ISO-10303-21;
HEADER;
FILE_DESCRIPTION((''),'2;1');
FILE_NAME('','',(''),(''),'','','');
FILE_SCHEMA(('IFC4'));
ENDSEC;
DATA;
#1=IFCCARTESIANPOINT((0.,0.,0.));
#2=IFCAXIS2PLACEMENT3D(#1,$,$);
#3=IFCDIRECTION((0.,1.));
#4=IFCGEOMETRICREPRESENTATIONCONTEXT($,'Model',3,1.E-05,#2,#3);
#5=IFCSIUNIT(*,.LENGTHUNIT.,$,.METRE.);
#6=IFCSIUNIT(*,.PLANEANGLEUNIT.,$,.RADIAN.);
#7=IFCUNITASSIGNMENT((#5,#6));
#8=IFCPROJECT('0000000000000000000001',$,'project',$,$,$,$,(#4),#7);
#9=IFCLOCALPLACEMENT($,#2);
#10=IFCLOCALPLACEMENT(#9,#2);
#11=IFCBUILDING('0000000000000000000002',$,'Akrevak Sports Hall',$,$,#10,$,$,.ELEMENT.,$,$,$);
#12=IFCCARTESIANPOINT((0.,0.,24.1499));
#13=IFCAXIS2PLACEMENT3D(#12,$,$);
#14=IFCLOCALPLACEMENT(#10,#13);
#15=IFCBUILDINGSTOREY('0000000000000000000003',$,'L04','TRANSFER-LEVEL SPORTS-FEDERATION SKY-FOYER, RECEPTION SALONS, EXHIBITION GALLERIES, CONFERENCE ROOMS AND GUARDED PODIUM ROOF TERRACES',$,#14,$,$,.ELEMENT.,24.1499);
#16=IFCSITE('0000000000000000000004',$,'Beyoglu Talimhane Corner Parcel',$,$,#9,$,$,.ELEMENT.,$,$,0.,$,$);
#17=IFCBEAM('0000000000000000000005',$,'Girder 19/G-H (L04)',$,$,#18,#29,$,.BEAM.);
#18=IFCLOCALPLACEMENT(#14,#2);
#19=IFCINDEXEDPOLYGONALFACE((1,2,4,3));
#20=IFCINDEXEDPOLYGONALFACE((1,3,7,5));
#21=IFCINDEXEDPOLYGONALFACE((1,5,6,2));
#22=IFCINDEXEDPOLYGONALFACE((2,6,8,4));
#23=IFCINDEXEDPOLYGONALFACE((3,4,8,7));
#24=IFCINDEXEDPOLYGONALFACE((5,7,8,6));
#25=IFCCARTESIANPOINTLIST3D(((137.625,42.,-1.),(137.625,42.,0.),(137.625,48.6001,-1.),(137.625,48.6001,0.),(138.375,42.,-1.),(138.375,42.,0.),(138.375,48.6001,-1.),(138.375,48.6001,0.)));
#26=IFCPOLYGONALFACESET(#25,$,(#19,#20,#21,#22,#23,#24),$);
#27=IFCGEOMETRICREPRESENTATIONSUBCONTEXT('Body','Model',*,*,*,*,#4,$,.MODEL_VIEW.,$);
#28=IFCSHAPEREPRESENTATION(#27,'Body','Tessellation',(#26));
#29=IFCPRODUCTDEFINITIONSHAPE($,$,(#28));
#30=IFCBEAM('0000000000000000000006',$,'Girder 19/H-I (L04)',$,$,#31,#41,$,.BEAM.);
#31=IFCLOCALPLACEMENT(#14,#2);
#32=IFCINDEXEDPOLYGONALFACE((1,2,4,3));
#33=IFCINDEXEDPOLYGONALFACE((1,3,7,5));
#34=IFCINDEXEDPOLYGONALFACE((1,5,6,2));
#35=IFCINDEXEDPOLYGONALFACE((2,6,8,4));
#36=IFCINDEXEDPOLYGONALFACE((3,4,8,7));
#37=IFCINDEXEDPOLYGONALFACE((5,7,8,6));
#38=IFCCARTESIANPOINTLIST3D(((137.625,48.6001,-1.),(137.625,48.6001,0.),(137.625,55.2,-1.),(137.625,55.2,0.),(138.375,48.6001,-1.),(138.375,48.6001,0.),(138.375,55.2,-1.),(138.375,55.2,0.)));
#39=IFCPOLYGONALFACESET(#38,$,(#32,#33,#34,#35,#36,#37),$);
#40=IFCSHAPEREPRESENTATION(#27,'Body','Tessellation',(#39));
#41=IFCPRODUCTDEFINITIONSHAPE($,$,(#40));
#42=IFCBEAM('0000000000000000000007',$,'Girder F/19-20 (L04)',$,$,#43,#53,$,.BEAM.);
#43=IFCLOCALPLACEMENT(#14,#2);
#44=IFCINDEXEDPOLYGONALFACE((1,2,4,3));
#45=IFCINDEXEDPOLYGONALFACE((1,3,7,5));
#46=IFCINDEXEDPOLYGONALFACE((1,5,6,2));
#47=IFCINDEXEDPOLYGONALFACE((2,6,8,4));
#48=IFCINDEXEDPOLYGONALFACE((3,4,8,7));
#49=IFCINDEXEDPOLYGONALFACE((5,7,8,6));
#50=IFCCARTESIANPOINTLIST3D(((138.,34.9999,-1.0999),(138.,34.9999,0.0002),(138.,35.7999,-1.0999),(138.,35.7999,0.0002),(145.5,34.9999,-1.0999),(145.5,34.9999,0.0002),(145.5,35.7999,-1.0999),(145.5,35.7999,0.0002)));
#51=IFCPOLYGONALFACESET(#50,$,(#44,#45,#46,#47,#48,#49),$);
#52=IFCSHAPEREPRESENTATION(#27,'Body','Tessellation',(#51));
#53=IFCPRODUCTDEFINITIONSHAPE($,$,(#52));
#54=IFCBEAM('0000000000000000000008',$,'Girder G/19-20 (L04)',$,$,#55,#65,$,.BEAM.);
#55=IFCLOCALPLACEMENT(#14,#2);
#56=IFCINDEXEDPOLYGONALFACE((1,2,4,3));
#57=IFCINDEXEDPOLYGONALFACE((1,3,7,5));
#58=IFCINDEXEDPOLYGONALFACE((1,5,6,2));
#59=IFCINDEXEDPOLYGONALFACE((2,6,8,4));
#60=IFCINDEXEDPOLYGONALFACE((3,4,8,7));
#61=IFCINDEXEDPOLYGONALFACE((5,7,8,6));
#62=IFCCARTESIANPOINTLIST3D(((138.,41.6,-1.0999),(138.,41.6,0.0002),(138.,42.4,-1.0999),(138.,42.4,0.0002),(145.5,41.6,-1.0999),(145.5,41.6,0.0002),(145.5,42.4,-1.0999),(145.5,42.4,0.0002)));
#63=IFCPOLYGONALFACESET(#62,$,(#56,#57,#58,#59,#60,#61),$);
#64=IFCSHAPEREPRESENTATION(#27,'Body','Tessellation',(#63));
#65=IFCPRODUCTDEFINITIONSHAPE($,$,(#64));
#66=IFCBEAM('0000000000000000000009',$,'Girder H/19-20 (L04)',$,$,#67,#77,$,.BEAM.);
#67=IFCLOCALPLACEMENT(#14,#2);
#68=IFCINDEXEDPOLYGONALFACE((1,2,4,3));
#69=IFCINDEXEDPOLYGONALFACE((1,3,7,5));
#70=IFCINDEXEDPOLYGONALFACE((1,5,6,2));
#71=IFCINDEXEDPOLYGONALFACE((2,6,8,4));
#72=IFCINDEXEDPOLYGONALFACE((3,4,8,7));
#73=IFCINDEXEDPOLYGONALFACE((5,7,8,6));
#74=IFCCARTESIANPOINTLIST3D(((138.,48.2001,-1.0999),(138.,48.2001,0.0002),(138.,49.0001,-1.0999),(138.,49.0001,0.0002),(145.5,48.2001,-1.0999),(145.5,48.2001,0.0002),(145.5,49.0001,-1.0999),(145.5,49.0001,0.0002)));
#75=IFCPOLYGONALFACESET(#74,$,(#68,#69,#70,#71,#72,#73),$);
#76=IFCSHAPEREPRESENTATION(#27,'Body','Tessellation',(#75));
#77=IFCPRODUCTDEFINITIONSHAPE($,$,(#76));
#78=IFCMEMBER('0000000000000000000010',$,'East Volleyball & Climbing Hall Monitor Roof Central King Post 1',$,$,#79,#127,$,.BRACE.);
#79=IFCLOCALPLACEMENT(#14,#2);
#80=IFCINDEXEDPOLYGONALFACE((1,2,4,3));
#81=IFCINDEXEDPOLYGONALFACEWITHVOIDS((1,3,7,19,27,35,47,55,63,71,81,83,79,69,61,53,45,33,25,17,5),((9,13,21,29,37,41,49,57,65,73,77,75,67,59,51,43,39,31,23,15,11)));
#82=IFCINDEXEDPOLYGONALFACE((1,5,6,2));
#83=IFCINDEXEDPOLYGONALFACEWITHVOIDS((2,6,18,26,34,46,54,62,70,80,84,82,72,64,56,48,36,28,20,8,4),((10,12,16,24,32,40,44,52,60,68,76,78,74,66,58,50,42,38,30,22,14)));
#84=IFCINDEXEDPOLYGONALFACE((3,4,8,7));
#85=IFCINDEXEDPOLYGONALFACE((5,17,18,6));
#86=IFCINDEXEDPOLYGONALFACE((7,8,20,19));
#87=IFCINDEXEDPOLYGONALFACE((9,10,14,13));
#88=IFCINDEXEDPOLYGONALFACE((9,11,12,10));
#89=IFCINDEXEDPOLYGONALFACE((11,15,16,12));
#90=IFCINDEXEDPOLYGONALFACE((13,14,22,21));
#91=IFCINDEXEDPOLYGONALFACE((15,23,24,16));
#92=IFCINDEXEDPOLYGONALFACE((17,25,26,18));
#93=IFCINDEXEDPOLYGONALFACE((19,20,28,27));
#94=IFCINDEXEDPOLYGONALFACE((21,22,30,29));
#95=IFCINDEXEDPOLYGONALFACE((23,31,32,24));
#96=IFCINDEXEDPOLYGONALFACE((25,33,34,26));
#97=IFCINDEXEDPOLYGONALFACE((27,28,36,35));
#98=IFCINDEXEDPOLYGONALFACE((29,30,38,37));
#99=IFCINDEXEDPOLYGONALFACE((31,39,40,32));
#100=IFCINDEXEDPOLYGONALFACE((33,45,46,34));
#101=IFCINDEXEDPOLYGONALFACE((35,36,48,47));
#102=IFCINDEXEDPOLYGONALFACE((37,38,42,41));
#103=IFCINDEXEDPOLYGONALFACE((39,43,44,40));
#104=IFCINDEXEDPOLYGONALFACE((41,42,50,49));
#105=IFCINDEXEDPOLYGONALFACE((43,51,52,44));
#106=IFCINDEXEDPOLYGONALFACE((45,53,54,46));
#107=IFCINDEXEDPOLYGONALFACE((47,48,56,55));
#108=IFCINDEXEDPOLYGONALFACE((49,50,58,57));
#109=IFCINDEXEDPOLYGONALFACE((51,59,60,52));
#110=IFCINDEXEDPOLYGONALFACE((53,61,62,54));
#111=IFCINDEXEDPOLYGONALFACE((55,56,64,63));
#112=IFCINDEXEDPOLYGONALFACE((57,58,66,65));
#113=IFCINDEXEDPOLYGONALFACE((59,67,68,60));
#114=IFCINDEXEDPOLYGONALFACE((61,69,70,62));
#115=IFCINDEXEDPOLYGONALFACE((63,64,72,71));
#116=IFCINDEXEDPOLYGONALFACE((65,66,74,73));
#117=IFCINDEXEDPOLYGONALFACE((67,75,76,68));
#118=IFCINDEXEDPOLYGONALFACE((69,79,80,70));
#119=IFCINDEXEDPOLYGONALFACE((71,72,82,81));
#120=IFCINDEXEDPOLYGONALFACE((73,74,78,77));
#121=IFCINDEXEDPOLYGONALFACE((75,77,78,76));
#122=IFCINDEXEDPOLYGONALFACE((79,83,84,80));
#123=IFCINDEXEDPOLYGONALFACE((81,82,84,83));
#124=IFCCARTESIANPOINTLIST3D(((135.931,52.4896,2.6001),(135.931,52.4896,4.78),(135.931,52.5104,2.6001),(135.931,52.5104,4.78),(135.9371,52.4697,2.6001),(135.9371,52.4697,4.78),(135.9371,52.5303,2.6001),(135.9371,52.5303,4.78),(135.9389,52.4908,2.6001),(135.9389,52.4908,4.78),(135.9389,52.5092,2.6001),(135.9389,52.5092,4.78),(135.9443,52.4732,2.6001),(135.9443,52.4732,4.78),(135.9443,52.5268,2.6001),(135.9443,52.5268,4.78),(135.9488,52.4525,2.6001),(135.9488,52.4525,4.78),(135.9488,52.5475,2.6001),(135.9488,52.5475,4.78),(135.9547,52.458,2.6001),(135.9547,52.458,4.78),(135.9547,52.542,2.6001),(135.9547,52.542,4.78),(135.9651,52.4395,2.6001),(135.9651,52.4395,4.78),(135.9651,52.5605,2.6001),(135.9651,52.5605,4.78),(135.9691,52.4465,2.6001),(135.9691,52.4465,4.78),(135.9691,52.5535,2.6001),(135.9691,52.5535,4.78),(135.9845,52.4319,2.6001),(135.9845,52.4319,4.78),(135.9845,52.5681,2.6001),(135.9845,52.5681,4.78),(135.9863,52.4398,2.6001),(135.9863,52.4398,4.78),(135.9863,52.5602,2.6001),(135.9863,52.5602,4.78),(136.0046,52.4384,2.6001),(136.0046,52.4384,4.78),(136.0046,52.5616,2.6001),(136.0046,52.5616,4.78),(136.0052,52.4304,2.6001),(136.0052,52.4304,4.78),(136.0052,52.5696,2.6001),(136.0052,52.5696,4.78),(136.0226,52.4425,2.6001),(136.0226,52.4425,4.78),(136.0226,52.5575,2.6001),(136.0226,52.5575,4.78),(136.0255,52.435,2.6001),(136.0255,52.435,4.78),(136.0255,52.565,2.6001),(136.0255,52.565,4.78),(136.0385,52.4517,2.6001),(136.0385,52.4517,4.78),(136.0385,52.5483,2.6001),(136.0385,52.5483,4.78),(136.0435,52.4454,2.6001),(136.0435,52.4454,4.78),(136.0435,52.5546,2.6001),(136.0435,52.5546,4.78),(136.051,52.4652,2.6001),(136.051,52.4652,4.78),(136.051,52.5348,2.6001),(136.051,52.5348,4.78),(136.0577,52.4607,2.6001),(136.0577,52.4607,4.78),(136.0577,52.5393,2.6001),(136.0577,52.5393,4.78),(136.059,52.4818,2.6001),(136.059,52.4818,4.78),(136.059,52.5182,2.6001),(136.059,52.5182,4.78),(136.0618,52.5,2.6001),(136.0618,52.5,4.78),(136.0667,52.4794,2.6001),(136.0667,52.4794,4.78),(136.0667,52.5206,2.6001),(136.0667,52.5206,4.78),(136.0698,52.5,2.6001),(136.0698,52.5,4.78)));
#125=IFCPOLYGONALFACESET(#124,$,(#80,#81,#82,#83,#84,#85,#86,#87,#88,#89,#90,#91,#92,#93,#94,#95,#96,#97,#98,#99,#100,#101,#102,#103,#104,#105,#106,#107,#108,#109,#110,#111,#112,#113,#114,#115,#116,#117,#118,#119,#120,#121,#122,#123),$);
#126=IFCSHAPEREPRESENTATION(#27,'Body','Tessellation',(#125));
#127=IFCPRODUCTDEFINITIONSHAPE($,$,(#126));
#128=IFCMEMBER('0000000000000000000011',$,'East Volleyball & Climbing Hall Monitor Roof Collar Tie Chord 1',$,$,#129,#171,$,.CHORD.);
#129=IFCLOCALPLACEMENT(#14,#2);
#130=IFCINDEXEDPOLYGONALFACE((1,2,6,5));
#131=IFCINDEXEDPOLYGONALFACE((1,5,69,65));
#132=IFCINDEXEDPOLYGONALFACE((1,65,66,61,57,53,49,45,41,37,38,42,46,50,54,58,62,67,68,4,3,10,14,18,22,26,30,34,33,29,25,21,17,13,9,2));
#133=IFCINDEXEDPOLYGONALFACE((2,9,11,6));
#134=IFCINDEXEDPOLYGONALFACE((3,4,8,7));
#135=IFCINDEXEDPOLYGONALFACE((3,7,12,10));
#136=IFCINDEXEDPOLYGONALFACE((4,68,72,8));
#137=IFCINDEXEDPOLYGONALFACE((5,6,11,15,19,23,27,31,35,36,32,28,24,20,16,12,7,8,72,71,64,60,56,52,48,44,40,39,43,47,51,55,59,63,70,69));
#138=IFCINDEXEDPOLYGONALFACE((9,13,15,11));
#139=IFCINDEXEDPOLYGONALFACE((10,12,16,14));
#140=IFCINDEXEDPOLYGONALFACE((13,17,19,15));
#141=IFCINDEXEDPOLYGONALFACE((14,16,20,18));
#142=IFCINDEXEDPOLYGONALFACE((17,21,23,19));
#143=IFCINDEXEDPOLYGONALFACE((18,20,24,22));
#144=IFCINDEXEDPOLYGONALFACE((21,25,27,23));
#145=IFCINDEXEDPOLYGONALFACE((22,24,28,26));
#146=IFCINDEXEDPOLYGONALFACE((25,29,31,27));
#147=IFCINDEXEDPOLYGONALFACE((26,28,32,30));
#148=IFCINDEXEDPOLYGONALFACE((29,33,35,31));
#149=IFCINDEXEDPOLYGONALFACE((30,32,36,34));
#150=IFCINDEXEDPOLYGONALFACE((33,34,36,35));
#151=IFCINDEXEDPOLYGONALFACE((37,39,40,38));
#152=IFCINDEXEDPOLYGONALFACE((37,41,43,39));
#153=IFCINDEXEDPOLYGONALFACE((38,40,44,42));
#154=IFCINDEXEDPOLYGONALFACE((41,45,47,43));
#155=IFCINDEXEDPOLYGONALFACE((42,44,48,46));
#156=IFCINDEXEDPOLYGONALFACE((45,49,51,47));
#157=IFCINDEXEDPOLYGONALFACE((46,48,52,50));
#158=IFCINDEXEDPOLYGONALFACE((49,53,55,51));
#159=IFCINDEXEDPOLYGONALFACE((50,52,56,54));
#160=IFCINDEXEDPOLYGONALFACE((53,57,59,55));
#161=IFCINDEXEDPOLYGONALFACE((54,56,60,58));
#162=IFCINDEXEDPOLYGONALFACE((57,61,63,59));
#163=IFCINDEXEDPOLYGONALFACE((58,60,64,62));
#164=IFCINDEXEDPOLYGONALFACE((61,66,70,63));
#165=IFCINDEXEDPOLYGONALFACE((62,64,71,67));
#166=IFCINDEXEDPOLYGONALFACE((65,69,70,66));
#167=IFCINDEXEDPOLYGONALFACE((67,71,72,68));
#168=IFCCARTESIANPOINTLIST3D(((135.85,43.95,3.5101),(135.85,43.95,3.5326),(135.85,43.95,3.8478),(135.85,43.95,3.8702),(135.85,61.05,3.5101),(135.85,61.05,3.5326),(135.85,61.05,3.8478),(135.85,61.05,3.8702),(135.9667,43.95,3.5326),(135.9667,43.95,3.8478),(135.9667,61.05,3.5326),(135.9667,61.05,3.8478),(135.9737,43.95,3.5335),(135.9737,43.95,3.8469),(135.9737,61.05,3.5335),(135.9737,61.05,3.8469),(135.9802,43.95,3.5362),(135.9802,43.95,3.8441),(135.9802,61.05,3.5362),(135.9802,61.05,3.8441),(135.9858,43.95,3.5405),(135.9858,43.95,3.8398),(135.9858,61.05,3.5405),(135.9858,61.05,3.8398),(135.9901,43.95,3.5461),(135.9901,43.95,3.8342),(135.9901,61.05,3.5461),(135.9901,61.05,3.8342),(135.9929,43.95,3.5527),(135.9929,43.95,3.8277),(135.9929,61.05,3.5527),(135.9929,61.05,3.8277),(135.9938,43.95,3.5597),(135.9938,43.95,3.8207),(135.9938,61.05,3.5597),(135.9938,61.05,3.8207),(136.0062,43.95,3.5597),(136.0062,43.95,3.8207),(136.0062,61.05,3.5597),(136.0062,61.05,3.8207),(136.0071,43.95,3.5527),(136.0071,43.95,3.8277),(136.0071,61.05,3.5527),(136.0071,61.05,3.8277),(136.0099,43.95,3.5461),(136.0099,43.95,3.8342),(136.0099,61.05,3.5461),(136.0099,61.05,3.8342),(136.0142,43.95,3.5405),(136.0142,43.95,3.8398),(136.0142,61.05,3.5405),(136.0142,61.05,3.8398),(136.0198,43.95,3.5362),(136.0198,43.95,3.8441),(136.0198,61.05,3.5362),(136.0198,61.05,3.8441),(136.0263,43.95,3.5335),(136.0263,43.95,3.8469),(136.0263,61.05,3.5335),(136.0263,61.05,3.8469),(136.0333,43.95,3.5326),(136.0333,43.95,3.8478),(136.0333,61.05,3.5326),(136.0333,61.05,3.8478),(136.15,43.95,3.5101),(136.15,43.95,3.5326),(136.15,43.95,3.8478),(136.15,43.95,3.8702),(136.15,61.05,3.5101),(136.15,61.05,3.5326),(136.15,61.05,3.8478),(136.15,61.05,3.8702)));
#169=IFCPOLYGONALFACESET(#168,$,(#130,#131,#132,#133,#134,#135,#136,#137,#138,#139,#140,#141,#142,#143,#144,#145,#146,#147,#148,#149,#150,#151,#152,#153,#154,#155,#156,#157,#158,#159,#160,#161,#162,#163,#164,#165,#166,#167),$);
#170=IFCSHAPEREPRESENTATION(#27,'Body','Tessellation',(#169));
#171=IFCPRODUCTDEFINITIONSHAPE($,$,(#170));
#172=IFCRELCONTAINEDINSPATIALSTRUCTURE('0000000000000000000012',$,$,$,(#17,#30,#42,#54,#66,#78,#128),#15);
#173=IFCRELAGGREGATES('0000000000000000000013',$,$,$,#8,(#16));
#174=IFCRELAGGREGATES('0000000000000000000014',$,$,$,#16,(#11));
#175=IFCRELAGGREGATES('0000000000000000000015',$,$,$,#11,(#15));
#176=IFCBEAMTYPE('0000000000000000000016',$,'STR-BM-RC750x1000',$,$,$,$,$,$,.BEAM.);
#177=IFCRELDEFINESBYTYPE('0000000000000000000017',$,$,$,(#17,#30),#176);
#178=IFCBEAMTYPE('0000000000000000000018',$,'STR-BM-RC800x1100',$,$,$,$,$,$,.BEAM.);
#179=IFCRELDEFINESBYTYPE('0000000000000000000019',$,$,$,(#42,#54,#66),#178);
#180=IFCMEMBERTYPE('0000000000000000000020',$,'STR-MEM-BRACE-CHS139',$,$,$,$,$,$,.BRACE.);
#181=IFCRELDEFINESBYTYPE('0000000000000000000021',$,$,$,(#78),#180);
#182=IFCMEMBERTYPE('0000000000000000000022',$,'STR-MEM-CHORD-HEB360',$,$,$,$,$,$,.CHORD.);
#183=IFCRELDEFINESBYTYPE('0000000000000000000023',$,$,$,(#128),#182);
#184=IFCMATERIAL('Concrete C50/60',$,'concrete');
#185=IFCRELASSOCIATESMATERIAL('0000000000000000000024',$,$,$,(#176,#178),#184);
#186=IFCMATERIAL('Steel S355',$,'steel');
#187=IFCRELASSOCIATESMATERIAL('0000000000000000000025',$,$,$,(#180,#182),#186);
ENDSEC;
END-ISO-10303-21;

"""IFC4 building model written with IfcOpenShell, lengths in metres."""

from ifc_helpers import new_model, si_unit, direction, frame, origin, origin_2d, place, context, subcontext, project, spatial, rectangle, hollow_circle, i_section, extrude, material, material_profile, profile_set, type_object, element, save


model = new_model("IFC4")

# Units and contexts
model_context = context("Model", 3, precision=1e-05, world=origin(), true_north=direction((0.0, 1.0)))
body_context = subcontext(model_context, "Body", "Model", "MODEL_VIEW")
ifc_project = project(units=[si_unit("LENGTHUNIT", "METRE"), si_unit("PLANEANGLEUNIT", "RADIAN")], contexts=[model_context])

# Site, building, storey
site_placement = place(None, origin())
site = spatial("IfcSite", under=ifc_project, at=site_placement, Name="Beyoglu Talimhane Corner Parcel", CompositionType="ELEMENT", RefElevation=0.0)
building_placement = place(site_placement, origin())
building = spatial("IfcBuilding", under=site, at=building_placement, Name="Akrevak Sports Hall", CompositionType="ELEMENT")
storey_placement = place(building_placement, frame((0.0, 0.0, 24.1499)))
storey = spatial("IfcBuildingStorey", under=building, at=storey_placement, Name="L04", Description="TRANSFER-LEVEL SPORTS-FEDERATION SKY-FOYER, RECEPTION SALONS, EXHIBITION GALLERIES, CONFERENCE ROOMS AND GUARDED PODIUM ROOF TERRACES", CompositionType="ELEMENT", Elevation=24.1499)

# Beams
ifc_material_1 = material(Name="Concrete C50/60", Category="concrete")
ifc_material_profile_1 = material_profile(ifc_material_1, rectangle(XDim=0.75, YDim=1.0, at=origin_2d()), Name="BM 750x1000", Category="concrete")
ifc_profile_set_1 = profile_set([ifc_material_profile_1], Name="Concrete C50/60")
beam_type_1 = type_object("IfcBeamType", Name="STR-BM-RC750x1000", PredefinedType="BEAM", material=ifc_profile_set_1)
for number, where, z_axis, x_axis, name in (
    (1, (138.0, 42.0, -0.5), (0.0, 1.0, 0.0), (-1.0, 0.0, 0.0), "Girder 19/G-H (L04)"),
):
    element("IfcBeam", number, at=place(storey_placement, frame(where, z_axis=z_axis, x_axis=x_axis)), inside=storey, type_object=beam_type_1, Name=name, PredefinedType="BEAM", context=body_context, shape_type="SweptSolid", body=[
        extrude(rectangle(XDim=0.75, YDim=1.0, at=origin_2d()), origin(), (0.0, 0.0, 1.0), 6.6001),
    ])
beam_1_placement = place(storey_placement, frame((138.0, 48.6001, -0.5), z_axis=(0.0, 1.0, 0.0), x_axis=(-1.0, 0.0, 0.0)))
element("IfcBeam", 2, at=beam_1_placement, inside=storey, type_object=beam_type_1, Name="Girder 19/H-I (L04)", PredefinedType="BEAM", context=body_context, shape_type="SweptSolid", body=[
    extrude(rectangle(XDim=0.75, YDim=1.0, at=origin_2d()), origin(), (0.0, 0.0, 1.0), 6.5999),
])
ifc_material_profile_2 = material_profile(ifc_material_1, rectangle(XDim=0.8, YDim=1.1001, at=origin_2d()), Name="BM 800x1100", Category="concrete")
ifc_profile_set_2 = profile_set([ifc_material_profile_2], Name="Concrete C50/60")
beam_type_2 = type_object("IfcBeamType", Name="STR-BM-RC800x1100", PredefinedType="BEAM", material=ifc_profile_set_2)
for number, where, z_axis, x_axis, name in (
    (3, (138.0, 35.3999, -0.5498), (1.0, 0.0, 0.0), (0.0, 1.0, 0.0), "Girder F/19-20 (L04)"),
    (4, (138.0, 42.0, -0.5498), (1.0, 0.0, 0.0), (0.0, 1.0, 0.0), "Girder G/19-20 (L04)"),
    (5, (138.0, 48.6001, -0.5498), (1.0, 0.0, 0.0), (0.0, 1.0, 0.0), "Girder H/19-20 (L04)"),
):
    element("IfcBeam", number, at=place(storey_placement, frame(where, z_axis=z_axis, x_axis=x_axis)), inside=storey, type_object=beam_type_2, Name=name, PredefinedType="BEAM", context=body_context, shape_type="SweptSolid", body=[
        extrude(rectangle(XDim=0.8, YDim=1.1001, at=origin_2d()), origin(), (0.0, 0.0, 1.0), 7.5),
    ])

# Members
ifc_material_2 = material(Name="Steel S355", Category="steel")
ifc_material_profile_3 = material_profile(ifc_material_2, hollow_circle(Radius=0.0698, WallThickness=0.0081, at=origin_2d()), Name="CHS 139.7x8", Category="steel")
ifc_profile_set_3 = profile_set([ifc_material_profile_3], Name="Steel S355")
member_type_1 = type_object("IfcMemberType", Name="STR-MEM-BRACE-CHS139", PredefinedType="BRACE", material=ifc_profile_set_3)
member_1_placement = place(storey_placement, frame((136.0, 52.5, 2.6001), z_axis=(0.0, 0.0, 1.0), x_axis=(1.0, 0.0, 0.0)))
element("IfcMember", 6, at=member_1_placement, inside=storey, type_object=member_type_1, Name="East Volleyball & Climbing Hall Monitor Roof Central King Post 1", PredefinedType="BRACE", context=body_context, shape_type="SweptSolid", body=[
    extrude(hollow_circle(Radius=0.0698, WallThickness=0.0081, at=origin_2d()), origin(), (0.0, 0.0, 1.0), 2.1799),
])
ifc_material_profile_4 = material_profile(ifc_material_2, i_section(OverallWidth=0.3, OverallDepth=0.3601, WebThickness=0.0125, FlangeThickness=0.0225, FilletRadius=0.0271, at=origin_2d()), Name="HEB 360", Category="steel")
ifc_profile_set_4 = profile_set([ifc_material_profile_4], Name="Steel S355")
member_type_2 = type_object("IfcMemberType", Name="STR-MEM-CHORD-HEB360", PredefinedType="CHORD", material=ifc_profile_set_4)
member_2_placement = place(storey_placement, frame((136.0, 43.95, 3.6902), z_axis=(0.0, 1.0, 0.0), x_axis=(-1.0, 0.0, 0.0)))
element("IfcMember", 7, at=member_2_placement, inside=storey, type_object=member_type_2, Name="East Volleyball & Climbing Hall Monitor Roof Collar Tie Chord 1", PredefinedType="CHORD", context=body_context, shape_type="SweptSolid", body=[
    extrude(i_section(OverallWidth=0.3, OverallDepth=0.3601, WebThickness=0.0125, FlangeThickness=0.0225, FilletRadius=0.0271, at=origin_2d()), origin(), (0.0, 0.0, 1.0), 17.1001),
])

save(model, "model.ifc")
